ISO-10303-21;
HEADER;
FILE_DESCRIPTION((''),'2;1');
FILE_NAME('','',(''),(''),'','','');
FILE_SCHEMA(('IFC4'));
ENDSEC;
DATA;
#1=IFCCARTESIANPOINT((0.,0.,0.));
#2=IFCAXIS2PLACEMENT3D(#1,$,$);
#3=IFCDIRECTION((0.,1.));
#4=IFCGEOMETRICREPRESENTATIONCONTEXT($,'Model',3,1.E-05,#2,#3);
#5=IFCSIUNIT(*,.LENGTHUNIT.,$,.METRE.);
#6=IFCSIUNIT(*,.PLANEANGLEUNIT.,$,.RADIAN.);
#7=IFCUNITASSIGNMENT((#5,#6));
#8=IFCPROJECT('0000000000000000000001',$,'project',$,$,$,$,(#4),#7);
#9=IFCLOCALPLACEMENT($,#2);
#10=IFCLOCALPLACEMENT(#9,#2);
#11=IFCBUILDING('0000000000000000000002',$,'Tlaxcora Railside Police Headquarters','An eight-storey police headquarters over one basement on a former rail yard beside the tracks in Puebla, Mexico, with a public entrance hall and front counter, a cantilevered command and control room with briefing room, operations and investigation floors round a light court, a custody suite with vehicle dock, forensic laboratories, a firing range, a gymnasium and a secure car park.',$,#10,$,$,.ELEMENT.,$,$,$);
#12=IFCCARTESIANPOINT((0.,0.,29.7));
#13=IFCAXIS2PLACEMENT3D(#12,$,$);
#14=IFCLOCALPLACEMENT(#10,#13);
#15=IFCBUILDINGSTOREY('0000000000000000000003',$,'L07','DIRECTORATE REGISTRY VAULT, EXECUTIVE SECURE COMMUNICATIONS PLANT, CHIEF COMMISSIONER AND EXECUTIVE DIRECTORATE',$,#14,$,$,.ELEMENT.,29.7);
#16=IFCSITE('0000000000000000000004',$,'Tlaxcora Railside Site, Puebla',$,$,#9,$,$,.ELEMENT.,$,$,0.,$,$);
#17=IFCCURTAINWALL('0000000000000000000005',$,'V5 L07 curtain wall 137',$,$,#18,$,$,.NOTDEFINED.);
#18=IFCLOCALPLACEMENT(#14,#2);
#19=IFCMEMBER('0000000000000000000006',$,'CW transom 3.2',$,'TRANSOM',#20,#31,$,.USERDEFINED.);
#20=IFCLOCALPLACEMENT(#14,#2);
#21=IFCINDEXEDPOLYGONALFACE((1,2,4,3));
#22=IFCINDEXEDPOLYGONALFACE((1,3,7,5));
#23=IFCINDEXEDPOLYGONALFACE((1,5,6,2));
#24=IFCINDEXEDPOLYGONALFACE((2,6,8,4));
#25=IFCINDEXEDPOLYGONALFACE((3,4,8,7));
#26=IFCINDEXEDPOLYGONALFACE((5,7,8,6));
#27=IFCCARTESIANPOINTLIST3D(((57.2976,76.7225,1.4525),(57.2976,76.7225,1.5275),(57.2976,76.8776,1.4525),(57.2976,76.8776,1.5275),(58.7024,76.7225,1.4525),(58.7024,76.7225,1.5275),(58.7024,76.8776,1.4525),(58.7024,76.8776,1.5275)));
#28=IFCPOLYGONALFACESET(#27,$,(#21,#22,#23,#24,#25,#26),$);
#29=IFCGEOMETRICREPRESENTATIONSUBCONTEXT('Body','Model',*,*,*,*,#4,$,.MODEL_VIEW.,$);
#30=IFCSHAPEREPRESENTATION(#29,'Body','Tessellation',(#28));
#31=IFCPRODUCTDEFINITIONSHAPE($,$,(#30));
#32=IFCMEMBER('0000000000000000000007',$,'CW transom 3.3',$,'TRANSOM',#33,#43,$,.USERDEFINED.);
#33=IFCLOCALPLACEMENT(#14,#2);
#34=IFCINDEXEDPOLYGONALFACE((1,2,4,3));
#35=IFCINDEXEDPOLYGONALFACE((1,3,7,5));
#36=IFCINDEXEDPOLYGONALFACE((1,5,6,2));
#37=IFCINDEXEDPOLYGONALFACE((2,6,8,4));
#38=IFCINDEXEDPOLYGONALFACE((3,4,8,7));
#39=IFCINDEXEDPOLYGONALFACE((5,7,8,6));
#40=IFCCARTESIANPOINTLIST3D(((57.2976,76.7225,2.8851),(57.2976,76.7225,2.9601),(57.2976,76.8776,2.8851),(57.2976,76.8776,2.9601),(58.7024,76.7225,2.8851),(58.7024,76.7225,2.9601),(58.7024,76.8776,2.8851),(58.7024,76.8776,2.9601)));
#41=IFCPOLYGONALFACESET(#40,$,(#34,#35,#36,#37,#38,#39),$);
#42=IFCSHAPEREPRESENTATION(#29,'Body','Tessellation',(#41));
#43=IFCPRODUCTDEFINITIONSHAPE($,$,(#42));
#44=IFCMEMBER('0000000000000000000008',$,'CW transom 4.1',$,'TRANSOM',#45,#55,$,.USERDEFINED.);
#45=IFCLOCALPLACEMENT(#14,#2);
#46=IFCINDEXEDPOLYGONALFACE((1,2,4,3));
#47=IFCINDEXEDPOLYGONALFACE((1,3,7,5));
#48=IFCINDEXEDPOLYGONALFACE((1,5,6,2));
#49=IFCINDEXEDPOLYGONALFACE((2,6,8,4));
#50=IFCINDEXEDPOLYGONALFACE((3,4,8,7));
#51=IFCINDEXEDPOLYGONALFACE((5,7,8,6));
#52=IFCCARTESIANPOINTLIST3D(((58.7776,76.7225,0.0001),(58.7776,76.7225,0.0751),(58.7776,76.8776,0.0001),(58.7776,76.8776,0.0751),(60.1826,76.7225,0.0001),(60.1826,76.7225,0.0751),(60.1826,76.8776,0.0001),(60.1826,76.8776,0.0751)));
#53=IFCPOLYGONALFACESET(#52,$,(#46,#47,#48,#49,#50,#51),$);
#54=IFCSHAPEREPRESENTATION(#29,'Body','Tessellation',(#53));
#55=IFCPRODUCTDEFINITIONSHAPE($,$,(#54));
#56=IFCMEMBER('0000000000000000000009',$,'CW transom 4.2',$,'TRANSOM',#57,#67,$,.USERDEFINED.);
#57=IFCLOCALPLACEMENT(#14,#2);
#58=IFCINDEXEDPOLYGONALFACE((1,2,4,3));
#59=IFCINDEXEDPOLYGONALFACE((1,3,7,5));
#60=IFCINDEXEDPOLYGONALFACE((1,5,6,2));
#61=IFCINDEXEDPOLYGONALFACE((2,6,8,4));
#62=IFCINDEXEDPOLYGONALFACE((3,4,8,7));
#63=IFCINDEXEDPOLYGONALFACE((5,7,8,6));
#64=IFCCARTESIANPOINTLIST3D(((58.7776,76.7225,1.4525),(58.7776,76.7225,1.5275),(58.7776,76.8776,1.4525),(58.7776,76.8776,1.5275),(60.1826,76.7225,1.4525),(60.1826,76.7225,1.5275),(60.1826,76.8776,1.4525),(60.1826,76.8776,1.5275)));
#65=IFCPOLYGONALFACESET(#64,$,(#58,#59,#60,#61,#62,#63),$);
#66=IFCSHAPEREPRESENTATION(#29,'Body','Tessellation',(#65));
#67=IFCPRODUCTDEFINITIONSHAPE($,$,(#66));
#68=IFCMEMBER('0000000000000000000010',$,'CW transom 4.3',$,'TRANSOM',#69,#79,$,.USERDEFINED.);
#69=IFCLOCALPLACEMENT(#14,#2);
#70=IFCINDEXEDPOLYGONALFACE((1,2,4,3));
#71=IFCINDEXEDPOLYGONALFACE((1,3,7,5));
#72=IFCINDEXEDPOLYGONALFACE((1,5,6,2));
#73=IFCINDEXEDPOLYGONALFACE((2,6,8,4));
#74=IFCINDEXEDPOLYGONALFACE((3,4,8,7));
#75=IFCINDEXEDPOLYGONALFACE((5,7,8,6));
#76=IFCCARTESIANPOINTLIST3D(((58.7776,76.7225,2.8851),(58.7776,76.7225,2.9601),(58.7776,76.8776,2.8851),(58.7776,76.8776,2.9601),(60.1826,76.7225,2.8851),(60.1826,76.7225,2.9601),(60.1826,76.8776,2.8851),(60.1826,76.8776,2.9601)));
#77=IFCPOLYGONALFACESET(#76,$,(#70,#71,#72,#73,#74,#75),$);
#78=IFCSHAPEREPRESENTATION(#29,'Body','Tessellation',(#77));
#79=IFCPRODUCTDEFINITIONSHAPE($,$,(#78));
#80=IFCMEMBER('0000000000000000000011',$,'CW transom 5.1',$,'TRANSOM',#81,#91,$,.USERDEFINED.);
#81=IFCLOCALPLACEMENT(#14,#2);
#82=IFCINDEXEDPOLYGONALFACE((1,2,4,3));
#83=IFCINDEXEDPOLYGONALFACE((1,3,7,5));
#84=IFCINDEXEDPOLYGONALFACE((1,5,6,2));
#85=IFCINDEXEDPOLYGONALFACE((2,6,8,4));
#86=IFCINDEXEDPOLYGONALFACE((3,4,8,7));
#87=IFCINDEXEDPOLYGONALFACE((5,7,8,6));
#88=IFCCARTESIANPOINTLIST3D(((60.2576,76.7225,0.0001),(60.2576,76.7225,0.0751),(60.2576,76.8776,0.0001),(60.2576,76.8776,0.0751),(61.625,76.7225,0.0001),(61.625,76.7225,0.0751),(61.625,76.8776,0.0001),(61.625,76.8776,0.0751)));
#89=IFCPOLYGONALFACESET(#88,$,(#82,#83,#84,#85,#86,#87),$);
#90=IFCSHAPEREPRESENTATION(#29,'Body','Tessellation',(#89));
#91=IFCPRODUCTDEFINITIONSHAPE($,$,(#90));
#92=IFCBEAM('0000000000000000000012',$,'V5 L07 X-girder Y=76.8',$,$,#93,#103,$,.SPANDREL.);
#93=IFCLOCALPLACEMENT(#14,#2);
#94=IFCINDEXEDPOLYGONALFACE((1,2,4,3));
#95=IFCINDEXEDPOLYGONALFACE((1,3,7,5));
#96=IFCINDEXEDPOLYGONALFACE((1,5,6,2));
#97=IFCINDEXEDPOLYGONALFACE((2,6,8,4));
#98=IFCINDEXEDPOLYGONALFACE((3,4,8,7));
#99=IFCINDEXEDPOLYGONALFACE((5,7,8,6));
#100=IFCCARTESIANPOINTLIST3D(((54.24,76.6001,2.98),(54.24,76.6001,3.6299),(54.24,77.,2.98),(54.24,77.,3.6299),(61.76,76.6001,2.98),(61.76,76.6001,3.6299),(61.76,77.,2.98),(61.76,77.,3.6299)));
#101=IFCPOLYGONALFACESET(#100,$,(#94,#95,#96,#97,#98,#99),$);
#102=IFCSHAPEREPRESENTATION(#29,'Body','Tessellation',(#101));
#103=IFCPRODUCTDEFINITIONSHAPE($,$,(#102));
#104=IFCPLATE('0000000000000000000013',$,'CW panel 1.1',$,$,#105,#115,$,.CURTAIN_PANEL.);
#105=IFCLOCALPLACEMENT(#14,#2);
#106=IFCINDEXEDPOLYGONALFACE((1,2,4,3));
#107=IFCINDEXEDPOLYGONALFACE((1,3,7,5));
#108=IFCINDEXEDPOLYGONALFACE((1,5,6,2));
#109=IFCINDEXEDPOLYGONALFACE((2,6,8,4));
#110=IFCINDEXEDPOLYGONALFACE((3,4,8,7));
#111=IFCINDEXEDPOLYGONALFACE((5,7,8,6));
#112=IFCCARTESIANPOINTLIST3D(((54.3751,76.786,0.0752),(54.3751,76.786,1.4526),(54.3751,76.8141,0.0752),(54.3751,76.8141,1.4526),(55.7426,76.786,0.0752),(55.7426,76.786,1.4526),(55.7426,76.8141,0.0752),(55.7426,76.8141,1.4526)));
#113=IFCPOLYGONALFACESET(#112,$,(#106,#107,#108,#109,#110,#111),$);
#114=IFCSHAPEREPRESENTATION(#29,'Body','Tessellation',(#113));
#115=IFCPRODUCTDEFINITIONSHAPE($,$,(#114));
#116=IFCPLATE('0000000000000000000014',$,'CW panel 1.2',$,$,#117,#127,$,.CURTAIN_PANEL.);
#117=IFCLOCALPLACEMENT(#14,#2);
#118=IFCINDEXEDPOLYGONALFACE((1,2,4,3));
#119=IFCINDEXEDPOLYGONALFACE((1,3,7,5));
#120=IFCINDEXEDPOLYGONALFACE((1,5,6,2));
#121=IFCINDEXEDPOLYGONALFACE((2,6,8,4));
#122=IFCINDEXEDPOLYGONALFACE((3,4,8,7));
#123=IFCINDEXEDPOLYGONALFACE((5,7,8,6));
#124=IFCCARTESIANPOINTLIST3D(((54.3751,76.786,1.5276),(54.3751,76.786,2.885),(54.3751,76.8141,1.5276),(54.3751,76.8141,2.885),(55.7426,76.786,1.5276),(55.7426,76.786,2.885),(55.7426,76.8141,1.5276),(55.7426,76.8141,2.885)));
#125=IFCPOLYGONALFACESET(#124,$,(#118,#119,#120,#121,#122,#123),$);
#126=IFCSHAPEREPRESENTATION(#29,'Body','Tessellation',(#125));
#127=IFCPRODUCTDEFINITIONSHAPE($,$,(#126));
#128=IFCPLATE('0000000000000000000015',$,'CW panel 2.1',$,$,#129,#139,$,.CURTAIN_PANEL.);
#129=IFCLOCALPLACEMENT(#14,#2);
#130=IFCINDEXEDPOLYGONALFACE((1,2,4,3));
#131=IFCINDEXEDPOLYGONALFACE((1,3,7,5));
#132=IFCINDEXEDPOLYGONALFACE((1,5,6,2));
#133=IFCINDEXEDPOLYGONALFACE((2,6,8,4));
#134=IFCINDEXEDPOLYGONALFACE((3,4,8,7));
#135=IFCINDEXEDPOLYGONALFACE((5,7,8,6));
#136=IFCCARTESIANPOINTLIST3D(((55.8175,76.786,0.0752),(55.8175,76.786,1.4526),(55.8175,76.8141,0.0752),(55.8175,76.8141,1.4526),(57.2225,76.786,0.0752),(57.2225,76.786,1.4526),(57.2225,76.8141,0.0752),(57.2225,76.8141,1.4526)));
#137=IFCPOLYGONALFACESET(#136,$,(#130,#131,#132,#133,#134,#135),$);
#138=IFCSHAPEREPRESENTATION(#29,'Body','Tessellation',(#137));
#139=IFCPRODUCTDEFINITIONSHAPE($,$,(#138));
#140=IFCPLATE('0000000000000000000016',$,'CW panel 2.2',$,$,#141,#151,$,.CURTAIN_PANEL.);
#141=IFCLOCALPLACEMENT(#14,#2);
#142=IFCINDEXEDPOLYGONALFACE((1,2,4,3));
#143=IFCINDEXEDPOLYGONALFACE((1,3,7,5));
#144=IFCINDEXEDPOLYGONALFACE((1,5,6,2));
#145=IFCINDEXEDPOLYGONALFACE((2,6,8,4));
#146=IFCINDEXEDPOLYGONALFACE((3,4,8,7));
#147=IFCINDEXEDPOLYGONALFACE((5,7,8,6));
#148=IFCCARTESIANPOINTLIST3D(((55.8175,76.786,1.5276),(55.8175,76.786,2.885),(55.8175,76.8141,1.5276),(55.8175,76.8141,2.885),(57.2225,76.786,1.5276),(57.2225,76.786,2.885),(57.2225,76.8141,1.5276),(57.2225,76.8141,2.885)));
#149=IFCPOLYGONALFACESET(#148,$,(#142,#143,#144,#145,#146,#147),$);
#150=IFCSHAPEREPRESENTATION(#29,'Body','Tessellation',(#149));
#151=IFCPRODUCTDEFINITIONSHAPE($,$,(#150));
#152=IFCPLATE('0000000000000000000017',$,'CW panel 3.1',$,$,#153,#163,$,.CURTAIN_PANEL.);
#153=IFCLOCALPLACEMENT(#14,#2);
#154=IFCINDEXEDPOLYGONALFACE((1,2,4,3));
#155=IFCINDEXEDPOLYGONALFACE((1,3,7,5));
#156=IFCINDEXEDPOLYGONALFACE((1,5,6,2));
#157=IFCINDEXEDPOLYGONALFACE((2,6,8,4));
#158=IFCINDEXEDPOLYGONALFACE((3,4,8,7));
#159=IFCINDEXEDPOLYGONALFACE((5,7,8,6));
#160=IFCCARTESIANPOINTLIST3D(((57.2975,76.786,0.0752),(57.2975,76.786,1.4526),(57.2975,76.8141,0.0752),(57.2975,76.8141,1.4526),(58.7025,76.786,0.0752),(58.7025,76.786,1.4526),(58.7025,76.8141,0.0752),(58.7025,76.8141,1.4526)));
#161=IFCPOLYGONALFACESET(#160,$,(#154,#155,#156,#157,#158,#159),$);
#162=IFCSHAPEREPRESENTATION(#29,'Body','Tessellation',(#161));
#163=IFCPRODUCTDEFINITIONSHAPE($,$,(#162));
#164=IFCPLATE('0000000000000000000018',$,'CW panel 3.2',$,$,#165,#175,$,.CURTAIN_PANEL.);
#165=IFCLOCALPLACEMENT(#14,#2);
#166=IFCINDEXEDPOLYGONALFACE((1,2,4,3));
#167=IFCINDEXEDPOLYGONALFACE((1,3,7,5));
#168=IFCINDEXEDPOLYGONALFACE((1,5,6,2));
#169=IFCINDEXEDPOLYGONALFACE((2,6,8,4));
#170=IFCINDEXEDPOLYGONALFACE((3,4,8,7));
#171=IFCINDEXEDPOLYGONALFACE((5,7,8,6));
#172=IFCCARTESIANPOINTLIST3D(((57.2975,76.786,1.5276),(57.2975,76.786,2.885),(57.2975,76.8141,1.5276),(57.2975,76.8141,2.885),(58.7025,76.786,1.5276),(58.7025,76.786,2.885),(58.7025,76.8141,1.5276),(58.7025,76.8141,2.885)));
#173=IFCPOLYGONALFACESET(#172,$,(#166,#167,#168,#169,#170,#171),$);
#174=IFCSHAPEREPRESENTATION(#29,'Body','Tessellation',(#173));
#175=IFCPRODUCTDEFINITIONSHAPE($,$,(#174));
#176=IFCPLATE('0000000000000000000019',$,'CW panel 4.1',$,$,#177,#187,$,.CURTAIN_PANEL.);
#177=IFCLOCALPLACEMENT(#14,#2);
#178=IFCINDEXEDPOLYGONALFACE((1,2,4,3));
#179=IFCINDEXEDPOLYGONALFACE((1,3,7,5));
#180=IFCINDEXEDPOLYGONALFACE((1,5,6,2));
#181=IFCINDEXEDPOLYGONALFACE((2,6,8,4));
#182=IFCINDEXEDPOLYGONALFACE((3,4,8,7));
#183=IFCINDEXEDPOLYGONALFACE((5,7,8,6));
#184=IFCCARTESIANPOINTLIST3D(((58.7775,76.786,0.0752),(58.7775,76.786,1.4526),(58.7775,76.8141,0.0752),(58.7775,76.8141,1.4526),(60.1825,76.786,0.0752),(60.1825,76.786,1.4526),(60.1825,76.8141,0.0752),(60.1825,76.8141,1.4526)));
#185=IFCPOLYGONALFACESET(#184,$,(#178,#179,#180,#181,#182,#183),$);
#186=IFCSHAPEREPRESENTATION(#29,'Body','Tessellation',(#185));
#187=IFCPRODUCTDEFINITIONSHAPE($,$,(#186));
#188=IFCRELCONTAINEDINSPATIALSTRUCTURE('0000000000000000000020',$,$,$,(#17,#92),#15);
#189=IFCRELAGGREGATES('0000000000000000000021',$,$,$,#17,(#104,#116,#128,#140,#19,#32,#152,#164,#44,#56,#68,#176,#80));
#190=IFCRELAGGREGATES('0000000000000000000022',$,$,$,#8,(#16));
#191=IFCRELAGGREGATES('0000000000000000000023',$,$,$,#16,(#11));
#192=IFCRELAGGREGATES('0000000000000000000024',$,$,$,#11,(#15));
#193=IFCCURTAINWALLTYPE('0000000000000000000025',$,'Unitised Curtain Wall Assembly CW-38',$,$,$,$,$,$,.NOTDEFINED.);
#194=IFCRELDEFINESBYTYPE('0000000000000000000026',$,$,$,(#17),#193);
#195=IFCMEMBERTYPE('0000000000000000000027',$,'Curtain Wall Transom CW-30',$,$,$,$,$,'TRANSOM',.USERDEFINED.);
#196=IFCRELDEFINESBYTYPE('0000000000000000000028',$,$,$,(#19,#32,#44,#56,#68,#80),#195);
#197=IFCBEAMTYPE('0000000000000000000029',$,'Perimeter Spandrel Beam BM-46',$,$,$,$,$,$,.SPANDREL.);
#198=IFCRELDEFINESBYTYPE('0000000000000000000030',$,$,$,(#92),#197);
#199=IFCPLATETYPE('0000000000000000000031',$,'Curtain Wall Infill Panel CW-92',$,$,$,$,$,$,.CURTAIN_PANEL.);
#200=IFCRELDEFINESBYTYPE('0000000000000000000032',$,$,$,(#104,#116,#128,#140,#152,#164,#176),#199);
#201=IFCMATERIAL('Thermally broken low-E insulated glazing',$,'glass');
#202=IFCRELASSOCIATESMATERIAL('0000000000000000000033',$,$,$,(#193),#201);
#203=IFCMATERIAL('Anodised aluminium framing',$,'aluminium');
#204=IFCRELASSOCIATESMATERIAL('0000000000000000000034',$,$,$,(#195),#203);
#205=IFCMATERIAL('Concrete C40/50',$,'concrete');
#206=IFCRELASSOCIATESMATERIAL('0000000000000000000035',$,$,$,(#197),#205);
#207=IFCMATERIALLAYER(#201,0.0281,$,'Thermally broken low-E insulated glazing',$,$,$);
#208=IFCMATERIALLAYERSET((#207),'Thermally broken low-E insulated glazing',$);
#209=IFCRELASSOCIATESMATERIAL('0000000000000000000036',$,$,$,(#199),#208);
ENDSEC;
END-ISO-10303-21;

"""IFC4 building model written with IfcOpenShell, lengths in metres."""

from ifc_helpers import new_model, si_unit, direction, frame, origin, origin_2d, place, context, subcontext, project, spatial, rectangle, extrude, material, layer, layer_set, material_profile, profile_set, type_object, element, aggregate, save


model = new_model("IFC4")

# Units and contexts
model_context = context("Model", 3, precision=1e-05, world=origin(), true_north=direction((0.0, 1.0)))
body_context = subcontext(model_context, "Body", "Model", "MODEL_VIEW")
ifc_project = project(units=[si_unit("LENGTHUNIT", "METRE"), si_unit("PLANEANGLEUNIT", "RADIAN")], contexts=[model_context])

# Site, building, storey
site_placement = place(None, origin())
site = spatial("IfcSite", under=ifc_project, at=site_placement, Name="Tlaxcora Railside Site, Puebla", CompositionType="ELEMENT", RefElevation=0.0)
building_placement = place(site_placement, origin())
building = spatial("IfcBuilding", under=site, at=building_placement, Name="Tlaxcora Railside Police Headquarters", Description="An eight-storey police headquarters over one basement on a former rail yard beside the tracks in Puebla, Mexico, with a public entrance hall and front counter, a cantilevered command and control room with briefing room, operations and investigation floors round a light court, a custody suite with vehicle dock, forensic laboratories, a firing range, a gymnasium and a secure car park.", CompositionType="ELEMENT")
storey_placement = place(building_placement, frame((0.0, 0.0, 29.7)))
storey = spatial("IfcBuildingStorey", under=building, at=storey_placement, Name="L07", Description="DIRECTORATE REGISTRY VAULT, EXECUTIVE SECURE COMMUNICATIONS PLANT, CHIEF COMMISSIONER AND EXECUTIVE DIRECTORATE", CompositionType="ELEMENT", Elevation=29.7)

# Shared definitions
ifc_material_1 = material(Name="Concrete C40/50", Category="concrete")

# Shared definitions
ifc_material_2 = material(Name="Thermally broken low-E insulated glazing", Category="glass")
ifc_material_3 = material(Name="Anodised aluminium framing", Category="aluminium")

# Curtain wall, members
curtain_wall_type_1 = type_object("IfcCurtainWallType", Name="Unitised Curtain Wall Assembly CW-38", PredefinedType="NOTDEFINED", material=ifc_material_2)
curtain_wall_1_placement = place(storey_placement, origin())
curtain_wall_1 = element("IfcCurtainWall", 1, at=curtain_wall_1_placement, inside=storey, type_object=curtain_wall_type_1, Name="V5 L07 curtain wall 137", PredefinedType="NOTDEFINED")
ifc_material_profile_1 = material_profile(ifc_material_3, rectangle(XDim=0.155, YDim=0.075, at=origin_2d()), Name="AL75X155")
ifc_profile_set_1 = profile_set([ifc_material_profile_1], Name="Anodised aluminium framing")
member_type_1 = type_object("IfcMemberType", Name="Curtain Wall Transom CW-30", ElementType="TRANSOM", PredefinedType="USERDEFINED", material=ifc_profile_set_1)
member_1_placement = place(storey_placement, frame((57.2976, 76.8, 1.49), z_axis=(1.0, 0.0, 0.0), x_axis=(0.0, 1.0, 0.0)))
member_1 = element("IfcMember", 2, at=member_1_placement, type_object=member_type_1, Name="CW transom 3.2", ObjectType="TRANSOM", PredefinedType="USERDEFINED", context=body_context, shape_type="SweptSolid", body=[
    extrude(rectangle(XDim=0.155, YDim=0.075, at=origin_2d()), origin(), (0.0, 0.0, 1.0), 1.4048),
])
member_2_placement = place(storey_placement, frame((57.2976, 76.8, 2.9226), z_axis=(1.0, 0.0, 0.0), x_axis=(0.0, 1.0, 0.0)))
member_2 = element("IfcMember", 3, at=member_2_placement, type_object=member_type_1, Name="CW transom 3.3", ObjectType="TRANSOM", PredefinedType="USERDEFINED", context=body_context, shape_type="SweptSolid", body=[
    extrude(rectangle(XDim=0.155, YDim=0.075, at=origin_2d()), origin(), (0.0, 0.0, 1.0), 1.4048),
])
member_3_placement = place(storey_placement, frame((58.7776, 76.8, 0.0376), z_axis=(1.0, 0.0, 0.0), x_axis=(0.0, 1.0, 0.0)))
member_3 = element("IfcMember", 4, at=member_3_placement, type_object=member_type_1, Name="CW transom 4.1", ObjectType="TRANSOM", PredefinedType="USERDEFINED", context=body_context, shape_type="SweptSolid", body=[
    extrude(rectangle(XDim=0.155, YDim=0.075, at=origin_2d()), origin(), (0.0, 0.0, 1.0), 1.405),
])
member_4_placement = place(storey_placement, frame((58.7776, 76.8, 1.49), z_axis=(1.0, 0.0, 0.0), x_axis=(0.0, 1.0, 0.0)))
member_4 = element("IfcMember", 5, at=member_4_placement, type_object=member_type_1, Name="CW transom 4.2", ObjectType="TRANSOM", PredefinedType="USERDEFINED", context=body_context, shape_type="SweptSolid", body=[
    extrude(rectangle(XDim=0.155, YDim=0.075, at=origin_2d()), origin(), (0.0, 0.0, 1.0), 1.405),
])
member_5_placement = place(storey_placement, frame((58.7776, 76.8, 2.9226), z_axis=(1.0, 0.0, 0.0), x_axis=(0.0, 1.0, 0.0)))
member_5 = element("IfcMember", 6, at=member_5_placement, type_object=member_type_1, Name="CW transom 4.3", ObjectType="TRANSOM", PredefinedType="USERDEFINED", context=body_context, shape_type="SweptSolid", body=[
    extrude(rectangle(XDim=0.155, YDim=0.075, at=origin_2d()), origin(), (0.0, 0.0, 1.0), 1.405),
])
member_6_placement = place(storey_placement, frame((60.2576, 76.8, 0.0376), z_axis=(1.0, 0.0, 0.0), x_axis=(0.0, 1.0, 0.0)))
member_6 = element("IfcMember", 7, at=member_6_placement, type_object=member_type_1, Name="CW transom 5.1", ObjectType="TRANSOM", PredefinedType="USERDEFINED", context=body_context, shape_type="SweptSolid", body=[
    extrude(rectangle(XDim=0.155, YDim=0.075, at=origin_2d()), origin(), (0.0, 0.0, 1.0), 1.3674),
])

# Beam
ifc_material_profile_2 = material_profile(ifc_material_1, rectangle(XDim=0.3999, YDim=0.6499, at=origin_2d()), Name="RC400X650")
ifc_profile_set_2 = profile_set([ifc_material_profile_2], Name="Concrete C40/50")
beam_type = type_object("IfcBeamType", Name="Perimeter Spandrel Beam BM-46", PredefinedType="SPANDREL", material=ifc_profile_set_2)
beam_placement = place(storey_placement, frame((54.24, 76.8, 3.3049), z_axis=(1.0, 0.0, 0.0), x_axis=(0.0, 1.0, 0.0)))
element("IfcBeam", 8, at=beam_placement, inside=storey, type_object=beam_type, Name="V5 L07 X-girder Y=76.8", PredefinedType="SPANDREL", context=body_context, shape_type="SweptSolid", body=[
    extrude(rectangle(XDim=0.3999, YDim=0.6499, at=origin_2d()), origin(), (0.0, 0.0, 1.0), 7.52),
])

# Plates
ifc_layer_1 = layer(ifc_material_2, 0.0281, Name="Thermally broken low-E insulated glazing")
ifc_layer_set_1 = layer_set([ifc_layer_1], Name="Thermally broken low-E insulated glazing")
plate_type = type_object("IfcPlateType", Name="Curtain Wall Infill Panel CW-92", PredefinedType="CURTAIN_PANEL", material=ifc_layer_set_1)
plate_1_placement = place(storey_placement, frame((55.0588, 76.8, 0.0752), z_axis=(0.0, 0.0, 1.0), x_axis=(1.0, 0.0, 0.0)))
plate_1 = element("IfcPlate", 9, at=plate_1_placement, type_object=plate_type, Name="CW panel 1.1", PredefinedType="CURTAIN_PANEL", context=body_context, shape_type="SweptSolid", body=[
    extrude(rectangle(XDim=1.3674, YDim=0.0281, at=origin_2d()), origin(), (0.0, 0.0, 1.0), 1.3774),
])
plate_2_placement = place(storey_placement, frame((55.0588, 76.8, 1.5276), z_axis=(0.0, 0.0, 1.0), x_axis=(1.0, 0.0, 0.0)))
plate_2 = element("IfcPlate", 10, at=plate_2_placement, type_object=plate_type, Name="CW panel 1.2", PredefinedType="CURTAIN_PANEL", context=body_context, shape_type="SweptSolid", body=[
    extrude(rectangle(XDim=1.3674, YDim=0.0281, at=origin_2d()), origin(), (0.0, 0.0, 1.0), 1.3574),
])
plate_3_placement = place(storey_placement, frame((56.52, 76.8, 0.0752), z_axis=(0.0, 0.0, 1.0), x_axis=(1.0, 0.0, 0.0)))
plate_3 = element("IfcPlate", 11, at=plate_3_placement, type_object=plate_type, Name="CW panel 2.1", PredefinedType="CURTAIN_PANEL", context=body_context, shape_type="SweptSolid", body=[
    extrude(rectangle(XDim=1.405, YDim=0.0281, at=origin_2d()), origin(), (0.0, 0.0, 1.0), 1.3774),
])
plate_4_placement = place(storey_placement, frame((56.52, 76.8, 1.5276), z_axis=(0.0, 0.0, 1.0), x_axis=(1.0, 0.0, 0.0)))
plate_4 = element("IfcPlate", 12, at=plate_4_placement, type_object=plate_type, Name="CW panel 2.2", PredefinedType="CURTAIN_PANEL", context=body_context, shape_type="SweptSolid", body=[
    extrude(rectangle(XDim=1.405, YDim=0.0281, at=origin_2d()), origin(), (0.0, 0.0, 1.0), 1.3574),
])
plate_5_placement = place(storey_placement, frame((58.0, 76.8, 0.0752), z_axis=(0.0, 0.0, 1.0), x_axis=(1.0, 0.0, 0.0)))
plate_5 = element("IfcPlate", 13, at=plate_5_placement, type_object=plate_type, Name="CW panel 3.1", PredefinedType="CURTAIN_PANEL", context=body_context, shape_type="SweptSolid", body=[
    extrude(rectangle(XDim=1.405, YDim=0.0281, at=origin_2d()), origin(), (0.0, 0.0, 1.0), 1.3774),
])
plate_6_placement = place(storey_placement, frame((58.0, 76.8, 1.5276), z_axis=(0.0, 0.0, 1.0), x_axis=(1.0, 0.0, 0.0)))
plate_6 = element("IfcPlate", 14, at=plate_6_placement, type_object=plate_type, Name="CW panel 3.2", PredefinedType="CURTAIN_PANEL", context=body_context, shape_type="SweptSolid", body=[
    extrude(rectangle(XDim=1.405, YDim=0.0281, at=origin_2d()), origin(), (0.0, 0.0, 1.0), 1.3574),
])
plate_7_placement = place(storey_placement, frame((59.48, 76.8, 0.0752), z_axis=(0.0, 0.0, 1.0), x_axis=(1.0, 0.0, 0.0)))
plate_7 = element("IfcPlate", 15, at=plate_7_placement, type_object=plate_type, Name="CW panel 4.1", PredefinedType="CURTAIN_PANEL", context=body_context, shape_type="SweptSolid", body=[
    extrude(rectangle(XDim=1.405, YDim=0.0281, at=origin_2d()), origin(), (0.0, 0.0, 1.0), 1.3774),
])
aggregate(curtain_wall_1, [plate_1, plate_2, plate_3, plate_4, member_1, member_2, plate_5, plate_6, member_3, member_4, member_5, plate_7, member_6])

save(model, "model.ifc")
